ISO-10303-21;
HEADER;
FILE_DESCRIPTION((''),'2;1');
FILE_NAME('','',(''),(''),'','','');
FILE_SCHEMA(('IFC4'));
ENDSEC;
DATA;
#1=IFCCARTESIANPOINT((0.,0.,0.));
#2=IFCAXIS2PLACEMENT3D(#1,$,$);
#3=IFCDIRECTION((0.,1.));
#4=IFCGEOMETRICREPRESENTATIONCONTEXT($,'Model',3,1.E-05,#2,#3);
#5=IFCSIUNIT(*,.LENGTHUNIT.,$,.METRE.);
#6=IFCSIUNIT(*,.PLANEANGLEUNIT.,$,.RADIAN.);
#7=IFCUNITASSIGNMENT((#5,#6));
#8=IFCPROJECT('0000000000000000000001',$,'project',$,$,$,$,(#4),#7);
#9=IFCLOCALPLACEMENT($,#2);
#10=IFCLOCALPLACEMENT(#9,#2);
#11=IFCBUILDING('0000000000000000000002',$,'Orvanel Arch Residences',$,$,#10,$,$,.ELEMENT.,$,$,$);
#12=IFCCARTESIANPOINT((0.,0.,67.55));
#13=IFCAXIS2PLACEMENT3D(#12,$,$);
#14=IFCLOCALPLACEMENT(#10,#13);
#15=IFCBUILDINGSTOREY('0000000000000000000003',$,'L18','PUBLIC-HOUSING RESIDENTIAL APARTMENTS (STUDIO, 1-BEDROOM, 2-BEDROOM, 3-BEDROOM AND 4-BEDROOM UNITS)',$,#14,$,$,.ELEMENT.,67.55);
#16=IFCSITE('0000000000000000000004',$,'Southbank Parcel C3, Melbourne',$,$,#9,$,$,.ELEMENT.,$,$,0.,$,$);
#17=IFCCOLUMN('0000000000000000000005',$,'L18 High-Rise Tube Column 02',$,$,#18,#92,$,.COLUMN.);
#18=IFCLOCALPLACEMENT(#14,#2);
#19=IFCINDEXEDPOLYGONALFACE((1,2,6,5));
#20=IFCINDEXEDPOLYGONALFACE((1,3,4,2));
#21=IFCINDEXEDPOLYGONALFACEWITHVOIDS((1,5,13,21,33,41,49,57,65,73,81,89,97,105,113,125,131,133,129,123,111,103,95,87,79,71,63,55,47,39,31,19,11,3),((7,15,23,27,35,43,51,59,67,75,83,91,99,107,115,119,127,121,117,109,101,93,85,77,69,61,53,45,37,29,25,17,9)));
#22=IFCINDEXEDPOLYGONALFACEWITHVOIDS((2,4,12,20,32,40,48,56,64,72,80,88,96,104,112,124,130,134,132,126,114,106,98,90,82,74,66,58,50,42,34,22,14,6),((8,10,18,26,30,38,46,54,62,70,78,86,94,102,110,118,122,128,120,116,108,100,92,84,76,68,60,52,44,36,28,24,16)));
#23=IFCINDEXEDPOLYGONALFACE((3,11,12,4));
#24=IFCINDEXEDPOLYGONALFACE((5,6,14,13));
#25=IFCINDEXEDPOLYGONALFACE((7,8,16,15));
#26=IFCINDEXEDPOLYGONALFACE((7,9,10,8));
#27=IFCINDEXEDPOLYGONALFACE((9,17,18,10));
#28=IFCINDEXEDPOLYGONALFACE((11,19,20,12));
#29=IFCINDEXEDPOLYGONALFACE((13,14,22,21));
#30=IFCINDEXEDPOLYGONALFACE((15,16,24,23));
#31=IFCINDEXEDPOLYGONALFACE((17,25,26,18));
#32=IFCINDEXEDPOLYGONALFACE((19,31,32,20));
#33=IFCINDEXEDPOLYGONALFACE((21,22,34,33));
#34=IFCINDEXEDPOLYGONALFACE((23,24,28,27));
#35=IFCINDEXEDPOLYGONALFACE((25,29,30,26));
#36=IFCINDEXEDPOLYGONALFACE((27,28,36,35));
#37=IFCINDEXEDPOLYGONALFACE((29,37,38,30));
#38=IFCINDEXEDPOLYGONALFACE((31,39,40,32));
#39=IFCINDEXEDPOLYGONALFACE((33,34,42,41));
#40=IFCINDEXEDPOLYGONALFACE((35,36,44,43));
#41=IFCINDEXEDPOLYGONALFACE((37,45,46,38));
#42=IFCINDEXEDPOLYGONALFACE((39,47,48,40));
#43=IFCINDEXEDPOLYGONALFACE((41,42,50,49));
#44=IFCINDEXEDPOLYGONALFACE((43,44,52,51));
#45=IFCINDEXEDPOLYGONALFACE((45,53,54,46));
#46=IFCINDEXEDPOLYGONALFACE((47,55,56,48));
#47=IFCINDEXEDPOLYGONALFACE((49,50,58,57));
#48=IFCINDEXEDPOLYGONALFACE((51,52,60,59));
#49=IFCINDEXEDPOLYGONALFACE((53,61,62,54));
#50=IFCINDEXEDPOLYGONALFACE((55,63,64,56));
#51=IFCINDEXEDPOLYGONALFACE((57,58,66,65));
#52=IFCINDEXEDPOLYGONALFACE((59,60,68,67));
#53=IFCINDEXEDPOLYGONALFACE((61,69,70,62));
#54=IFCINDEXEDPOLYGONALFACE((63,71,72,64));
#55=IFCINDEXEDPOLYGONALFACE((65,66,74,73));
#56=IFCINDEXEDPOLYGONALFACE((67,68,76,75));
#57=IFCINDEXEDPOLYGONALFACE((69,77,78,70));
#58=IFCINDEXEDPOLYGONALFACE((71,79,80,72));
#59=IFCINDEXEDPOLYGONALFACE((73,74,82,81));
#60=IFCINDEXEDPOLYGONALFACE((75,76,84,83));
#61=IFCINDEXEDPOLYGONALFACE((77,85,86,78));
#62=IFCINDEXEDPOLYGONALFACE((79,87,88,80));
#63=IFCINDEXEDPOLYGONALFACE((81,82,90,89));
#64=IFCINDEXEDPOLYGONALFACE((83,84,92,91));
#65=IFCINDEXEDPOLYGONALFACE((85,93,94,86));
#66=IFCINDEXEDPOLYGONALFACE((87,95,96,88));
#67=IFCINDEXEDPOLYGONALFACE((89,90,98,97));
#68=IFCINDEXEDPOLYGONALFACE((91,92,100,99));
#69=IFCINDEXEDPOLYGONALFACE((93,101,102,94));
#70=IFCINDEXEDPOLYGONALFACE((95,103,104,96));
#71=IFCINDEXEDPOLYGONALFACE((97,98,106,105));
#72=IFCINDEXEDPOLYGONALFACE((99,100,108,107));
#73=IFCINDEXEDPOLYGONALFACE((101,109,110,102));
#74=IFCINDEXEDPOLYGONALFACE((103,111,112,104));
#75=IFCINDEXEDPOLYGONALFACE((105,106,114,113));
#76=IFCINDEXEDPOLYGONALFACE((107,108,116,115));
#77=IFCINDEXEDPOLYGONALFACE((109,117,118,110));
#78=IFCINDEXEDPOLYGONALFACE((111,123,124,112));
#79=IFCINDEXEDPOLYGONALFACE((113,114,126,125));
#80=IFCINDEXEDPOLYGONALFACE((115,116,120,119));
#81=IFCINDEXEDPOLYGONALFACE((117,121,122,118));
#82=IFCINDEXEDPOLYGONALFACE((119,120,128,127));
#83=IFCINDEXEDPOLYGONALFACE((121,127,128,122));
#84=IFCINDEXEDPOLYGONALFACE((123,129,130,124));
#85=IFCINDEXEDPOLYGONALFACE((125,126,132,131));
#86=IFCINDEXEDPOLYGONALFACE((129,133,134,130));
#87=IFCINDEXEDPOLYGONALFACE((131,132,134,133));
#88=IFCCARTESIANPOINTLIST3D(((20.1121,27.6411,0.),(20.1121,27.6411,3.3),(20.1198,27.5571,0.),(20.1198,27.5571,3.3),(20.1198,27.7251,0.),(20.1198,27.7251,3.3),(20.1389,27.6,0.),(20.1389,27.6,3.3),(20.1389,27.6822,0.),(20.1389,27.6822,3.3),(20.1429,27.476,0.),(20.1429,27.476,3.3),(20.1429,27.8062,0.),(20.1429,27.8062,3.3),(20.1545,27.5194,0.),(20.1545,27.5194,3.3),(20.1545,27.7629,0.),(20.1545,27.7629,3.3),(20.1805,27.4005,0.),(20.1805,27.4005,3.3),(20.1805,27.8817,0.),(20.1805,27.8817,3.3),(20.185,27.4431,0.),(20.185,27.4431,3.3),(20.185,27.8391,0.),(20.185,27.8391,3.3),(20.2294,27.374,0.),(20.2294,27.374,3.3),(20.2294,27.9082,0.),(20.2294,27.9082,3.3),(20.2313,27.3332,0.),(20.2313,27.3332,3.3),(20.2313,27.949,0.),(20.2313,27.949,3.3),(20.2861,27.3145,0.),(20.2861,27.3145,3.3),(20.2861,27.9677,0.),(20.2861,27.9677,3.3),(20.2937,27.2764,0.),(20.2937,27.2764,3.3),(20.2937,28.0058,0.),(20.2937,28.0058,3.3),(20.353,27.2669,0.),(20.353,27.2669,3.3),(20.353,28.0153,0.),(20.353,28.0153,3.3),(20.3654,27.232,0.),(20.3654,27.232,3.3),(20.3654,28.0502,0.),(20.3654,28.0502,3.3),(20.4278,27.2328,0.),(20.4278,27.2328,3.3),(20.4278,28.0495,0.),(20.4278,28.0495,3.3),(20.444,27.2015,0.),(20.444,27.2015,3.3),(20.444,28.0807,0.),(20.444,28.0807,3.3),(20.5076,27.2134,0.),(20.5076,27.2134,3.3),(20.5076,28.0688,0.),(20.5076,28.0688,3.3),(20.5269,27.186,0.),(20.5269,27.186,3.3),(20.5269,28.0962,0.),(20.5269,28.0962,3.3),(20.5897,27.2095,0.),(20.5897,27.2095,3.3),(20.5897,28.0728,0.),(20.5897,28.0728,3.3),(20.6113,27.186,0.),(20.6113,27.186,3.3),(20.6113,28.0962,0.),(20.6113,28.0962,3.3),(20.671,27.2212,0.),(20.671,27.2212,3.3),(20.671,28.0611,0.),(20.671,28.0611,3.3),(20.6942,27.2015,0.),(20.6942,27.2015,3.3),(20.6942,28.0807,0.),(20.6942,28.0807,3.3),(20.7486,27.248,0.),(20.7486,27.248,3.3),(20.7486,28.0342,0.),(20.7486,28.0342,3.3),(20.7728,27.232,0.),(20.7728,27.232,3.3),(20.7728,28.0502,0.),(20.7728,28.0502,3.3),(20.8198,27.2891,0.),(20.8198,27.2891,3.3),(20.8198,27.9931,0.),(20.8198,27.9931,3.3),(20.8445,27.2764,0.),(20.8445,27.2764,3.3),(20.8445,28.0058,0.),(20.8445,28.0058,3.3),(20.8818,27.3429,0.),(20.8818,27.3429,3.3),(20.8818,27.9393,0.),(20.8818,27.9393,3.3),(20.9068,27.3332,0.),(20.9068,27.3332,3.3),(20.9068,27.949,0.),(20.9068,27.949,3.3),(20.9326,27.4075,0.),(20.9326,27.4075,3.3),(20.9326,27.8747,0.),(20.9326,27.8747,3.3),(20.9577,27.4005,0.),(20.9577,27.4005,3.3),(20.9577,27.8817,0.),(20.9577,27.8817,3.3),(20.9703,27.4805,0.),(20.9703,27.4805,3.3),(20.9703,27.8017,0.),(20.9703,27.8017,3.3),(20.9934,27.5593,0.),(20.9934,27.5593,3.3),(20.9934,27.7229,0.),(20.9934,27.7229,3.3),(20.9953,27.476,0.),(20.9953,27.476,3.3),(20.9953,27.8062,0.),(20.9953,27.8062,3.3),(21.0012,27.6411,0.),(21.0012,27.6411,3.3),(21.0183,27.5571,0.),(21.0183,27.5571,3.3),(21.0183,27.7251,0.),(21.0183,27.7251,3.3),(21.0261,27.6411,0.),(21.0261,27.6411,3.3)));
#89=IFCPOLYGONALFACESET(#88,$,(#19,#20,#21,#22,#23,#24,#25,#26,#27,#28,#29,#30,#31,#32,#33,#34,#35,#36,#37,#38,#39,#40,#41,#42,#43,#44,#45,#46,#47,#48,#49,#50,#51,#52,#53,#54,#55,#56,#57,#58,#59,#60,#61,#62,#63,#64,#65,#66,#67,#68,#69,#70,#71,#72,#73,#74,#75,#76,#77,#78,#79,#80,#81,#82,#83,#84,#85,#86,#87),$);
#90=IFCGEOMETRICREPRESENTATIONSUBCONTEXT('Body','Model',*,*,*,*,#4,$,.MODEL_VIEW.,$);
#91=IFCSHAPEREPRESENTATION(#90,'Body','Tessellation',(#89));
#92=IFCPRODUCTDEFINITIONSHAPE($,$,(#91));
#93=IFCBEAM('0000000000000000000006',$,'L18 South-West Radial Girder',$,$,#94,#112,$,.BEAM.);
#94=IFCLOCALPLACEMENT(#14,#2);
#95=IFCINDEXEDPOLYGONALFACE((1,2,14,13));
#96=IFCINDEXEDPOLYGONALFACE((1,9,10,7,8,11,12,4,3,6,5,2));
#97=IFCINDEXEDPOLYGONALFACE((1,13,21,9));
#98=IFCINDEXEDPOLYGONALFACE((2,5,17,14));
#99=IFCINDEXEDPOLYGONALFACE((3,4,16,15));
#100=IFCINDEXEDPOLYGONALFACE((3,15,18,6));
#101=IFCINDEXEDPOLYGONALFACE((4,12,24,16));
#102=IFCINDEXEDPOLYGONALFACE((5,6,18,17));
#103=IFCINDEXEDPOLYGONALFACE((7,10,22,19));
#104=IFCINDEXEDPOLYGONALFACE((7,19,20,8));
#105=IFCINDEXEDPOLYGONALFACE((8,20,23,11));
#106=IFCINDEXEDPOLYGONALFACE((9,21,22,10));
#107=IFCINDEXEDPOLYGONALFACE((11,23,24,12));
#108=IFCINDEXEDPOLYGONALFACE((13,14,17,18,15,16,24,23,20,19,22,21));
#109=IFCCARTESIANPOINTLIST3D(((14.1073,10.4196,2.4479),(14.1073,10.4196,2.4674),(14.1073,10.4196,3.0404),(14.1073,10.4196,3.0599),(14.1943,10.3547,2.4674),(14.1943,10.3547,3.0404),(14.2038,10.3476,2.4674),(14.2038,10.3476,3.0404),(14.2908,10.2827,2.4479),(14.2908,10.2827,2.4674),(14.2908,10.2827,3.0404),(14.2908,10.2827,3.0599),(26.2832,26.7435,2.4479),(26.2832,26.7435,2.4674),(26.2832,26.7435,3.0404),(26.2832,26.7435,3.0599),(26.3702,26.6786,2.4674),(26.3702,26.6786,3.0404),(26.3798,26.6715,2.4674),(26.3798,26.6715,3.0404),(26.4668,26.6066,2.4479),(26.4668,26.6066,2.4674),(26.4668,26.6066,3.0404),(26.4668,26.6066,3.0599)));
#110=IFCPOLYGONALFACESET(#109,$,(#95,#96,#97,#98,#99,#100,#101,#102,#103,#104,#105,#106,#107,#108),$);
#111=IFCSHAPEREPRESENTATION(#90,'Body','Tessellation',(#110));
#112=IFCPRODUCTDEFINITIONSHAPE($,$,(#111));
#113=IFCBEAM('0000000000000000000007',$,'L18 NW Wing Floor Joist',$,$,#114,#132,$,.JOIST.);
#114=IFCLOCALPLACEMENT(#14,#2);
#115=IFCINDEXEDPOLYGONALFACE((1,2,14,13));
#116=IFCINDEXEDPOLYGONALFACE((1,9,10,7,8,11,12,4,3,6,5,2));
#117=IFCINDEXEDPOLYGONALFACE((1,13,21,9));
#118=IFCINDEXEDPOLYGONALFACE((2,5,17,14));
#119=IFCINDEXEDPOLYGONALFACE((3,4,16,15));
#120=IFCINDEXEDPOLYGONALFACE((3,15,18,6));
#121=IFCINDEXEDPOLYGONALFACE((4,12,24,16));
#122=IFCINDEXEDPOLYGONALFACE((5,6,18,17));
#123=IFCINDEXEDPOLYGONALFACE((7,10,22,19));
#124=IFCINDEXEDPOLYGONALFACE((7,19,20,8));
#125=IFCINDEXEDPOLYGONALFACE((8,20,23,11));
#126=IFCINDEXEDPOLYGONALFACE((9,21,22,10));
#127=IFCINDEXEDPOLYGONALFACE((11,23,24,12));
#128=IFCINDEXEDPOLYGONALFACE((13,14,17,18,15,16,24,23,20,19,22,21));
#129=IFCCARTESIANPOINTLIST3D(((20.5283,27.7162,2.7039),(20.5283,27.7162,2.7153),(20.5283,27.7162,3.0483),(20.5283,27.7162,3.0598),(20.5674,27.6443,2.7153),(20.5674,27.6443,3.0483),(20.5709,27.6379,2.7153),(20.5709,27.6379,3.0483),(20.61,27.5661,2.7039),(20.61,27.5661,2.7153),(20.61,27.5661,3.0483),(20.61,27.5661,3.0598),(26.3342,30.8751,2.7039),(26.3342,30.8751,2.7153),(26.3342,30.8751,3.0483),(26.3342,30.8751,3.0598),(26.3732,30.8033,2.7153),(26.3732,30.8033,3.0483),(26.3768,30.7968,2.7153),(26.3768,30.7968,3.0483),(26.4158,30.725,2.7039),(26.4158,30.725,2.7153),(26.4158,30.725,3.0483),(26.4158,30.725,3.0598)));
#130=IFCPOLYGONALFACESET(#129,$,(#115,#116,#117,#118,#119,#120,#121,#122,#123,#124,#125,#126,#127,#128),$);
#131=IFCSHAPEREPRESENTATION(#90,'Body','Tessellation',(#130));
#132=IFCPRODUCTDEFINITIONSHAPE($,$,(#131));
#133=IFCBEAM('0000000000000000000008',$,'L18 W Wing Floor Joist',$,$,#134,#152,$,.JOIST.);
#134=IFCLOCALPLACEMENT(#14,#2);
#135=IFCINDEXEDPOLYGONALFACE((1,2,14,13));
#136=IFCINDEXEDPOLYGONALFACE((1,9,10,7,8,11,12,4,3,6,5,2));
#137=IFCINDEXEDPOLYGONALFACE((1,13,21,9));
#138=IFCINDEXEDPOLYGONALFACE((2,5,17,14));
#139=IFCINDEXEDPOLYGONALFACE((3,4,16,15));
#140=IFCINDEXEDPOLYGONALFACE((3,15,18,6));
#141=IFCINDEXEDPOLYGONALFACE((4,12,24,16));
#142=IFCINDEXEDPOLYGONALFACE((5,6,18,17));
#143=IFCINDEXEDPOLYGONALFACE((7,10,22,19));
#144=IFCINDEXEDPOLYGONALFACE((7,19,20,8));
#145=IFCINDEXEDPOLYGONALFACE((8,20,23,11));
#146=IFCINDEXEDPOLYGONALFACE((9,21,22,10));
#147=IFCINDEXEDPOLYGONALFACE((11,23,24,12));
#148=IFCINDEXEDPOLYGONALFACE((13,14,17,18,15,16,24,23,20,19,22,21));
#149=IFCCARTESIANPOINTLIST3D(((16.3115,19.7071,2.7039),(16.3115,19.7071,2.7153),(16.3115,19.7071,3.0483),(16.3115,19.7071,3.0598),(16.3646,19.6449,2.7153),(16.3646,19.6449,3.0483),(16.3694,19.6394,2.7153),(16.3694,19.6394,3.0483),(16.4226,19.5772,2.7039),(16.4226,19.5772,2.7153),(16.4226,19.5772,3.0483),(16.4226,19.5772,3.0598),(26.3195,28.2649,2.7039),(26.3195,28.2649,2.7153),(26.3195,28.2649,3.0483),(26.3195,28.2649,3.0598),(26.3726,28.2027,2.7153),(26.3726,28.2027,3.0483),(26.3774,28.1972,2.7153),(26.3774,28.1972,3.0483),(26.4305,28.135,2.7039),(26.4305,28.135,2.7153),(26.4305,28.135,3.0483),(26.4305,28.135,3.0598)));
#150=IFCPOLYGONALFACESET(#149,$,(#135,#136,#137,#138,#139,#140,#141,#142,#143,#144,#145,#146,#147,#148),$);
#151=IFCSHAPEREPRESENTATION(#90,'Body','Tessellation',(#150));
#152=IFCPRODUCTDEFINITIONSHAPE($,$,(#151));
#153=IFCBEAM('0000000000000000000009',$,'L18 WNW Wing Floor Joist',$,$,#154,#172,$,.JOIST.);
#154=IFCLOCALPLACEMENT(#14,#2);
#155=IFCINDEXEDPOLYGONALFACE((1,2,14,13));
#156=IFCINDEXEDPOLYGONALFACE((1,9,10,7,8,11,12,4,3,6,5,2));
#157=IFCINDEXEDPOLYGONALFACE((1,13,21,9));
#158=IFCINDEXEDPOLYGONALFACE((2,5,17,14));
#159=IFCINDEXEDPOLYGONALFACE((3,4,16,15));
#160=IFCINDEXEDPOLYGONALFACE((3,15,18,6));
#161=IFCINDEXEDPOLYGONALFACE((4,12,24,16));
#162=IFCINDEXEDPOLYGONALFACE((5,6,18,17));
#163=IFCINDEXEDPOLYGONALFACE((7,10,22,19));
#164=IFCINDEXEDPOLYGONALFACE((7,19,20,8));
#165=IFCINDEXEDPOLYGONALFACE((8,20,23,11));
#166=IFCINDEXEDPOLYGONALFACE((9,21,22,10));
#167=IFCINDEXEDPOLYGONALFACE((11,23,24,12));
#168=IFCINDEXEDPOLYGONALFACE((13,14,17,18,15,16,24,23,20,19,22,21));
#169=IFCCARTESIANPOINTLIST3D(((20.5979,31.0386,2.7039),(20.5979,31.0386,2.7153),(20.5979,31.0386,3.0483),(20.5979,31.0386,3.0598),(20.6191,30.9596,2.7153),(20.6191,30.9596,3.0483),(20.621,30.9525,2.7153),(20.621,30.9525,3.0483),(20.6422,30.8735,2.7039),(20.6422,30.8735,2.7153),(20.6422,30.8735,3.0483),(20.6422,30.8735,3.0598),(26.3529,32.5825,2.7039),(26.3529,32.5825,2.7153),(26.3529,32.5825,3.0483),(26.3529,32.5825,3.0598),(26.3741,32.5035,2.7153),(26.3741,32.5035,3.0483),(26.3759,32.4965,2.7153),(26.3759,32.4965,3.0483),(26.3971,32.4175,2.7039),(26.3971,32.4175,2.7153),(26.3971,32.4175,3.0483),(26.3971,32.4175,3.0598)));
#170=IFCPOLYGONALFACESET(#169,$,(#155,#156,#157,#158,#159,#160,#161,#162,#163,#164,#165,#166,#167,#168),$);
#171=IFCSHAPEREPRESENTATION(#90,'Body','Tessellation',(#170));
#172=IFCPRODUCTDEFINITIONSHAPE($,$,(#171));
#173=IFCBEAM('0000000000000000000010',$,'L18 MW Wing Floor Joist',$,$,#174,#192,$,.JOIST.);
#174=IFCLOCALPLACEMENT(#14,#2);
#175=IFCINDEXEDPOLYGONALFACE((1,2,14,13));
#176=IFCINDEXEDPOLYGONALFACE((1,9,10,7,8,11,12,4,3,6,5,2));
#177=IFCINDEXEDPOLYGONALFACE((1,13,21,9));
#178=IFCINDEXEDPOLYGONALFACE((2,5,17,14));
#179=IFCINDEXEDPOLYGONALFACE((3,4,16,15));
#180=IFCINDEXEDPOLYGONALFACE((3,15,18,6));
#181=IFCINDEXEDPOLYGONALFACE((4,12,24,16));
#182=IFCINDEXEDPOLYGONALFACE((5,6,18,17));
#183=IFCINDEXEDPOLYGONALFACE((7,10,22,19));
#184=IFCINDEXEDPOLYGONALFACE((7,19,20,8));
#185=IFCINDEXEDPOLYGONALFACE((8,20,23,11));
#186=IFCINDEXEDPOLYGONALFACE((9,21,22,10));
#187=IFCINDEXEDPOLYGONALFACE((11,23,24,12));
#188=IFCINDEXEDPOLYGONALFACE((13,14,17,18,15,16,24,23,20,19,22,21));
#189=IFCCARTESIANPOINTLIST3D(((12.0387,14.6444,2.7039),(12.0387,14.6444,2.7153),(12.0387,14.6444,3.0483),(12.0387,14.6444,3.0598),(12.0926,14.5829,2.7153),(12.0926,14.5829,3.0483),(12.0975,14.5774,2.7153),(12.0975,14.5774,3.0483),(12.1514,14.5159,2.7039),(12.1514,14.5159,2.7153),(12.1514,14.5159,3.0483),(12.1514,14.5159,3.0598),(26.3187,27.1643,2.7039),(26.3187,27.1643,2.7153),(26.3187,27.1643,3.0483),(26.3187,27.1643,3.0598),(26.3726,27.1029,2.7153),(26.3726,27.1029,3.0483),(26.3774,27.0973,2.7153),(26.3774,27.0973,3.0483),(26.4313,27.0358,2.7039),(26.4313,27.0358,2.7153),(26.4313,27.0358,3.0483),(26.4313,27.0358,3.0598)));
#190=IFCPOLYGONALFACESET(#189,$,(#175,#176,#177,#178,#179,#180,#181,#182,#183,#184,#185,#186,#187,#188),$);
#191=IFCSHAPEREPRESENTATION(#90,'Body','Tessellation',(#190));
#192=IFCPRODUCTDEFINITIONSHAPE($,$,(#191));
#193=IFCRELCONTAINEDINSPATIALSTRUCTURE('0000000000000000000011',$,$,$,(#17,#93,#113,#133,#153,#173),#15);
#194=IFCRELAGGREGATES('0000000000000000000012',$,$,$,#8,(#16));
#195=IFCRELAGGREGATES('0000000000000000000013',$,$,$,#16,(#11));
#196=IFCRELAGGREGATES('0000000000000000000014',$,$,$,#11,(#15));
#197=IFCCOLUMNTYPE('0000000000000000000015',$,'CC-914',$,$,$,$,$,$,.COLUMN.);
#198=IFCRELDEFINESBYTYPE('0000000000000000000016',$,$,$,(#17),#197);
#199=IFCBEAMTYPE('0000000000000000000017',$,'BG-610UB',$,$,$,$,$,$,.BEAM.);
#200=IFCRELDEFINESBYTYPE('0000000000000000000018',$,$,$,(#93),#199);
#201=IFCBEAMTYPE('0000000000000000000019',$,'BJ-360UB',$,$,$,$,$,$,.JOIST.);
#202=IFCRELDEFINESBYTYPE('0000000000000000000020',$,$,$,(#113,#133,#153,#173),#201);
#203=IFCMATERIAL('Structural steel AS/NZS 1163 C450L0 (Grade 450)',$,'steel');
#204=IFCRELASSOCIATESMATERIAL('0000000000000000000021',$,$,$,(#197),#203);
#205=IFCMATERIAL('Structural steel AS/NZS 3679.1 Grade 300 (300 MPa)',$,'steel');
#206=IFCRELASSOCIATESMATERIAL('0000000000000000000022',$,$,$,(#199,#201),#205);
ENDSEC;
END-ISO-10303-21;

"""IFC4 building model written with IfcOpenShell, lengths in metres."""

from ifc_helpers import new_model, si_unit, direction, frame, origin, origin_2d, place, context, subcontext, project, spatial, hollow_circle, i_section, extrude, material, material_profile, profile_set, type_object, element, save


model = new_model("IFC4")

# Units and contexts
model_context = context("Model", 3, precision=1e-05, world=origin(), true_north=direction((0.0, 1.0)))
body_context = subcontext(model_context, "Body", "Model", "MODEL_VIEW")
ifc_project = project(units=[si_unit("LENGTHUNIT", "METRE"), si_unit("PLANEANGLEUNIT", "RADIAN")], contexts=[model_context])

# Site, building, storey
site_placement = place(None, origin())
site = spatial("IfcSite", under=ifc_project, at=site_placement, Name="Southbank Parcel C3, Melbourne", CompositionType="ELEMENT", RefElevation=0.0)
building_placement = place(site_placement, origin())
building = spatial("IfcBuilding", under=site, at=building_placement, Name="Orvanel Arch Residences", CompositionType="ELEMENT")
storey_placement = place(building_placement, frame((0.0, 0.0, 67.55)))
storey = spatial("IfcBuildingStorey", under=building, at=storey_placement, Name="L18", Description="PUBLIC-HOUSING RESIDENTIAL APARTMENTS (STUDIO, 1-BEDROOM, 2-BEDROOM, 3-BEDROOM AND 4-BEDROOM UNITS)", CompositionType="ELEMENT", Elevation=67.55)

# Column
ifc_material_1 = material(Name="Structural steel AS/NZS 1163 C450L0 (Grade 450)", Category="steel")
ifc_material_profile_1 = material_profile(ifc_material_1, hollow_circle(Radius=0.457, WallThickness=0.0249, at=origin_2d()), Name="CHS914x25")
ifc_profile_set_1 = profile_set([ifc_material_profile_1], Name="Structural steel AS/NZS 1163 C450L0 (Grade 450)")
column_type = type_object("IfcColumnType", Name="CC-914", PredefinedType="COLUMN", material=ifc_profile_set_1)
column_placement = place(storey_placement, frame((20.5691, 27.6411, 0.0), z_axis=(0.0, 0.0, 1.0), x_axis=(1.0, 0.0, 0.0)))
element("IfcColumn", 1, at=column_placement, inside=storey, type_object=column_type, Name="L18 High-Rise Tube Column 02", PredefinedType="COLUMN", context=body_context, shape_type="SweptSolid", body=[
    extrude(hollow_circle(Radius=0.457, WallThickness=0.0249, at=origin_2d()), origin(), (0.0, 0.0, 1.0), 3.3),
])

# Beams
ifc_material_2 = material(Name="Structural steel AS/NZS 3679.1 Grade 300 (300 MPa)", Category="steel")
ifc_material_profile_2 = material_profile(ifc_material_2, i_section(OverallWidth=0.229, OverallDepth=0.6121, WebThickness=0.012, FlangeThickness=0.0195, at=origin_2d()), Name="610UB125")
ifc_profile_set_2 = profile_set([ifc_material_profile_2], Name="Structural steel AS/NZS 3679.1 Grade 300 (300 MPa)")
beam_type_1 = type_object("IfcBeamType", Name="BG-610UB", PredefinedType="BEAM", material=ifc_profile_set_2)
beam_1_placement = place(storey_placement, frame((26.375, 26.675, 2.7539), z_axis=(-0.597894, -0.801575, 0.0), x_axis=(0.801575, -0.597894, 0.0)))
element("IfcBeam", 2, at=beam_1_placement, inside=storey, type_object=beam_type_1, Name="L18 South-West Radial Girder", PredefinedType="BEAM", context=body_context, shape_type="SweptSolid", body=[
    extrude(i_section(OverallWidth=0.229, OverallDepth=0.6121, WebThickness=0.012, FlangeThickness=0.0195, at=origin_2d()), origin(), (0.0, 0.0, 1.0), 20.3647),
])
ifc_material_profile_3 = material_profile(ifc_material_2, i_section(OverallWidth=0.1709, OverallDepth=0.356, WebThickness=0.0073, FlangeThickness=0.0115, at=origin_2d()), Name="360UB50.7")
ifc_profile_set_3 = profile_set([ifc_material_profile_3], Name="Structural steel AS/NZS 3679.1 Grade 300 (300 MPa)")
beam_type_2 = type_object("IfcBeamType", Name="BJ-360UB", PredefinedType="JOIST", material=ifc_profile_set_3)
beam_2_placement = place(storey_placement, frame((26.375, 30.8, 2.8818), z_axis=(-0.878399, -0.477928, 0.0), x_axis=(0.477928, -0.878399, 0.0)))
element("IfcBeam", 3, at=beam_2_placement, inside=storey, type_object=beam_type_2, Name="L18 NW Wing Floor Joist", PredefinedType="JOIST", context=body_context, shape_type="SweptSolid", body=[
    extrude(i_section(OverallWidth=0.1709, OverallDepth=0.356, WebThickness=0.0073, FlangeThickness=0.0115, at=origin_2d()), origin(), (0.0, 0.0, 1.0), 6.6096),
])
beam_3_placement = place(storey_placement, frame((26.375, 28.2, 2.8818), z_axis=(-0.760024, -0.649895, 0.0), x_axis=(0.649895, -0.760024, 0.0)))
element("IfcBeam", 4, at=beam_3_placement, inside=storey, type_object=beam_type_2, Name="L18 W Wing Floor Joist", PredefinedType="JOIST", context=body_context, shape_type="SweptSolid", body=[
    extrude(i_section(OverallWidth=0.1709, OverallDepth=0.356, WebThickness=0.0073, FlangeThickness=0.0115, at=origin_2d()), origin(), (0.0, 0.0, 1.0), 13.168),
])
beam_4_placement = place(storey_placement, frame((26.375, 32.5, 2.8818), z_axis=(-0.965845, -0.259121, 0.0), x_axis=(0.259121, -0.965845, 0.0)))
element("IfcBeam", 5, at=beam_4_placement, inside=storey, type_object=beam_type_2, Name="L18 WNW Wing Floor Joist", PredefinedType="JOIST", context=body_context, shape_type="SweptSolid", body=[
    extrude(i_section(OverallWidth=0.1709, OverallDepth=0.356, WebThickness=0.0073, FlangeThickness=0.0115, at=origin_2d()), origin(), (0.0, 0.0, 1.0), 5.9585),
])
beam_5_placement = place(storey_placement, frame((26.375, 27.1001, 2.8818), z_axis=(-0.751924, -0.65925, 0.0), x_axis=(0.65925, -0.751924, 0.0)))
element("IfcBeam", 6, at=beam_5_placement, inside=storey, type_object=beam_type_2, Name="L18 MW Wing Floor Joist", PredefinedType="JOIST", context=body_context, shape_type="SweptSolid", body=[
    extrude(i_section(OverallWidth=0.1709, OverallDepth=0.356, WebThickness=0.0073, FlangeThickness=0.0115, at=origin_2d()), origin(), (0.0, 0.0, 1.0), 18.9912),
])

save(model, "model.ifc")
